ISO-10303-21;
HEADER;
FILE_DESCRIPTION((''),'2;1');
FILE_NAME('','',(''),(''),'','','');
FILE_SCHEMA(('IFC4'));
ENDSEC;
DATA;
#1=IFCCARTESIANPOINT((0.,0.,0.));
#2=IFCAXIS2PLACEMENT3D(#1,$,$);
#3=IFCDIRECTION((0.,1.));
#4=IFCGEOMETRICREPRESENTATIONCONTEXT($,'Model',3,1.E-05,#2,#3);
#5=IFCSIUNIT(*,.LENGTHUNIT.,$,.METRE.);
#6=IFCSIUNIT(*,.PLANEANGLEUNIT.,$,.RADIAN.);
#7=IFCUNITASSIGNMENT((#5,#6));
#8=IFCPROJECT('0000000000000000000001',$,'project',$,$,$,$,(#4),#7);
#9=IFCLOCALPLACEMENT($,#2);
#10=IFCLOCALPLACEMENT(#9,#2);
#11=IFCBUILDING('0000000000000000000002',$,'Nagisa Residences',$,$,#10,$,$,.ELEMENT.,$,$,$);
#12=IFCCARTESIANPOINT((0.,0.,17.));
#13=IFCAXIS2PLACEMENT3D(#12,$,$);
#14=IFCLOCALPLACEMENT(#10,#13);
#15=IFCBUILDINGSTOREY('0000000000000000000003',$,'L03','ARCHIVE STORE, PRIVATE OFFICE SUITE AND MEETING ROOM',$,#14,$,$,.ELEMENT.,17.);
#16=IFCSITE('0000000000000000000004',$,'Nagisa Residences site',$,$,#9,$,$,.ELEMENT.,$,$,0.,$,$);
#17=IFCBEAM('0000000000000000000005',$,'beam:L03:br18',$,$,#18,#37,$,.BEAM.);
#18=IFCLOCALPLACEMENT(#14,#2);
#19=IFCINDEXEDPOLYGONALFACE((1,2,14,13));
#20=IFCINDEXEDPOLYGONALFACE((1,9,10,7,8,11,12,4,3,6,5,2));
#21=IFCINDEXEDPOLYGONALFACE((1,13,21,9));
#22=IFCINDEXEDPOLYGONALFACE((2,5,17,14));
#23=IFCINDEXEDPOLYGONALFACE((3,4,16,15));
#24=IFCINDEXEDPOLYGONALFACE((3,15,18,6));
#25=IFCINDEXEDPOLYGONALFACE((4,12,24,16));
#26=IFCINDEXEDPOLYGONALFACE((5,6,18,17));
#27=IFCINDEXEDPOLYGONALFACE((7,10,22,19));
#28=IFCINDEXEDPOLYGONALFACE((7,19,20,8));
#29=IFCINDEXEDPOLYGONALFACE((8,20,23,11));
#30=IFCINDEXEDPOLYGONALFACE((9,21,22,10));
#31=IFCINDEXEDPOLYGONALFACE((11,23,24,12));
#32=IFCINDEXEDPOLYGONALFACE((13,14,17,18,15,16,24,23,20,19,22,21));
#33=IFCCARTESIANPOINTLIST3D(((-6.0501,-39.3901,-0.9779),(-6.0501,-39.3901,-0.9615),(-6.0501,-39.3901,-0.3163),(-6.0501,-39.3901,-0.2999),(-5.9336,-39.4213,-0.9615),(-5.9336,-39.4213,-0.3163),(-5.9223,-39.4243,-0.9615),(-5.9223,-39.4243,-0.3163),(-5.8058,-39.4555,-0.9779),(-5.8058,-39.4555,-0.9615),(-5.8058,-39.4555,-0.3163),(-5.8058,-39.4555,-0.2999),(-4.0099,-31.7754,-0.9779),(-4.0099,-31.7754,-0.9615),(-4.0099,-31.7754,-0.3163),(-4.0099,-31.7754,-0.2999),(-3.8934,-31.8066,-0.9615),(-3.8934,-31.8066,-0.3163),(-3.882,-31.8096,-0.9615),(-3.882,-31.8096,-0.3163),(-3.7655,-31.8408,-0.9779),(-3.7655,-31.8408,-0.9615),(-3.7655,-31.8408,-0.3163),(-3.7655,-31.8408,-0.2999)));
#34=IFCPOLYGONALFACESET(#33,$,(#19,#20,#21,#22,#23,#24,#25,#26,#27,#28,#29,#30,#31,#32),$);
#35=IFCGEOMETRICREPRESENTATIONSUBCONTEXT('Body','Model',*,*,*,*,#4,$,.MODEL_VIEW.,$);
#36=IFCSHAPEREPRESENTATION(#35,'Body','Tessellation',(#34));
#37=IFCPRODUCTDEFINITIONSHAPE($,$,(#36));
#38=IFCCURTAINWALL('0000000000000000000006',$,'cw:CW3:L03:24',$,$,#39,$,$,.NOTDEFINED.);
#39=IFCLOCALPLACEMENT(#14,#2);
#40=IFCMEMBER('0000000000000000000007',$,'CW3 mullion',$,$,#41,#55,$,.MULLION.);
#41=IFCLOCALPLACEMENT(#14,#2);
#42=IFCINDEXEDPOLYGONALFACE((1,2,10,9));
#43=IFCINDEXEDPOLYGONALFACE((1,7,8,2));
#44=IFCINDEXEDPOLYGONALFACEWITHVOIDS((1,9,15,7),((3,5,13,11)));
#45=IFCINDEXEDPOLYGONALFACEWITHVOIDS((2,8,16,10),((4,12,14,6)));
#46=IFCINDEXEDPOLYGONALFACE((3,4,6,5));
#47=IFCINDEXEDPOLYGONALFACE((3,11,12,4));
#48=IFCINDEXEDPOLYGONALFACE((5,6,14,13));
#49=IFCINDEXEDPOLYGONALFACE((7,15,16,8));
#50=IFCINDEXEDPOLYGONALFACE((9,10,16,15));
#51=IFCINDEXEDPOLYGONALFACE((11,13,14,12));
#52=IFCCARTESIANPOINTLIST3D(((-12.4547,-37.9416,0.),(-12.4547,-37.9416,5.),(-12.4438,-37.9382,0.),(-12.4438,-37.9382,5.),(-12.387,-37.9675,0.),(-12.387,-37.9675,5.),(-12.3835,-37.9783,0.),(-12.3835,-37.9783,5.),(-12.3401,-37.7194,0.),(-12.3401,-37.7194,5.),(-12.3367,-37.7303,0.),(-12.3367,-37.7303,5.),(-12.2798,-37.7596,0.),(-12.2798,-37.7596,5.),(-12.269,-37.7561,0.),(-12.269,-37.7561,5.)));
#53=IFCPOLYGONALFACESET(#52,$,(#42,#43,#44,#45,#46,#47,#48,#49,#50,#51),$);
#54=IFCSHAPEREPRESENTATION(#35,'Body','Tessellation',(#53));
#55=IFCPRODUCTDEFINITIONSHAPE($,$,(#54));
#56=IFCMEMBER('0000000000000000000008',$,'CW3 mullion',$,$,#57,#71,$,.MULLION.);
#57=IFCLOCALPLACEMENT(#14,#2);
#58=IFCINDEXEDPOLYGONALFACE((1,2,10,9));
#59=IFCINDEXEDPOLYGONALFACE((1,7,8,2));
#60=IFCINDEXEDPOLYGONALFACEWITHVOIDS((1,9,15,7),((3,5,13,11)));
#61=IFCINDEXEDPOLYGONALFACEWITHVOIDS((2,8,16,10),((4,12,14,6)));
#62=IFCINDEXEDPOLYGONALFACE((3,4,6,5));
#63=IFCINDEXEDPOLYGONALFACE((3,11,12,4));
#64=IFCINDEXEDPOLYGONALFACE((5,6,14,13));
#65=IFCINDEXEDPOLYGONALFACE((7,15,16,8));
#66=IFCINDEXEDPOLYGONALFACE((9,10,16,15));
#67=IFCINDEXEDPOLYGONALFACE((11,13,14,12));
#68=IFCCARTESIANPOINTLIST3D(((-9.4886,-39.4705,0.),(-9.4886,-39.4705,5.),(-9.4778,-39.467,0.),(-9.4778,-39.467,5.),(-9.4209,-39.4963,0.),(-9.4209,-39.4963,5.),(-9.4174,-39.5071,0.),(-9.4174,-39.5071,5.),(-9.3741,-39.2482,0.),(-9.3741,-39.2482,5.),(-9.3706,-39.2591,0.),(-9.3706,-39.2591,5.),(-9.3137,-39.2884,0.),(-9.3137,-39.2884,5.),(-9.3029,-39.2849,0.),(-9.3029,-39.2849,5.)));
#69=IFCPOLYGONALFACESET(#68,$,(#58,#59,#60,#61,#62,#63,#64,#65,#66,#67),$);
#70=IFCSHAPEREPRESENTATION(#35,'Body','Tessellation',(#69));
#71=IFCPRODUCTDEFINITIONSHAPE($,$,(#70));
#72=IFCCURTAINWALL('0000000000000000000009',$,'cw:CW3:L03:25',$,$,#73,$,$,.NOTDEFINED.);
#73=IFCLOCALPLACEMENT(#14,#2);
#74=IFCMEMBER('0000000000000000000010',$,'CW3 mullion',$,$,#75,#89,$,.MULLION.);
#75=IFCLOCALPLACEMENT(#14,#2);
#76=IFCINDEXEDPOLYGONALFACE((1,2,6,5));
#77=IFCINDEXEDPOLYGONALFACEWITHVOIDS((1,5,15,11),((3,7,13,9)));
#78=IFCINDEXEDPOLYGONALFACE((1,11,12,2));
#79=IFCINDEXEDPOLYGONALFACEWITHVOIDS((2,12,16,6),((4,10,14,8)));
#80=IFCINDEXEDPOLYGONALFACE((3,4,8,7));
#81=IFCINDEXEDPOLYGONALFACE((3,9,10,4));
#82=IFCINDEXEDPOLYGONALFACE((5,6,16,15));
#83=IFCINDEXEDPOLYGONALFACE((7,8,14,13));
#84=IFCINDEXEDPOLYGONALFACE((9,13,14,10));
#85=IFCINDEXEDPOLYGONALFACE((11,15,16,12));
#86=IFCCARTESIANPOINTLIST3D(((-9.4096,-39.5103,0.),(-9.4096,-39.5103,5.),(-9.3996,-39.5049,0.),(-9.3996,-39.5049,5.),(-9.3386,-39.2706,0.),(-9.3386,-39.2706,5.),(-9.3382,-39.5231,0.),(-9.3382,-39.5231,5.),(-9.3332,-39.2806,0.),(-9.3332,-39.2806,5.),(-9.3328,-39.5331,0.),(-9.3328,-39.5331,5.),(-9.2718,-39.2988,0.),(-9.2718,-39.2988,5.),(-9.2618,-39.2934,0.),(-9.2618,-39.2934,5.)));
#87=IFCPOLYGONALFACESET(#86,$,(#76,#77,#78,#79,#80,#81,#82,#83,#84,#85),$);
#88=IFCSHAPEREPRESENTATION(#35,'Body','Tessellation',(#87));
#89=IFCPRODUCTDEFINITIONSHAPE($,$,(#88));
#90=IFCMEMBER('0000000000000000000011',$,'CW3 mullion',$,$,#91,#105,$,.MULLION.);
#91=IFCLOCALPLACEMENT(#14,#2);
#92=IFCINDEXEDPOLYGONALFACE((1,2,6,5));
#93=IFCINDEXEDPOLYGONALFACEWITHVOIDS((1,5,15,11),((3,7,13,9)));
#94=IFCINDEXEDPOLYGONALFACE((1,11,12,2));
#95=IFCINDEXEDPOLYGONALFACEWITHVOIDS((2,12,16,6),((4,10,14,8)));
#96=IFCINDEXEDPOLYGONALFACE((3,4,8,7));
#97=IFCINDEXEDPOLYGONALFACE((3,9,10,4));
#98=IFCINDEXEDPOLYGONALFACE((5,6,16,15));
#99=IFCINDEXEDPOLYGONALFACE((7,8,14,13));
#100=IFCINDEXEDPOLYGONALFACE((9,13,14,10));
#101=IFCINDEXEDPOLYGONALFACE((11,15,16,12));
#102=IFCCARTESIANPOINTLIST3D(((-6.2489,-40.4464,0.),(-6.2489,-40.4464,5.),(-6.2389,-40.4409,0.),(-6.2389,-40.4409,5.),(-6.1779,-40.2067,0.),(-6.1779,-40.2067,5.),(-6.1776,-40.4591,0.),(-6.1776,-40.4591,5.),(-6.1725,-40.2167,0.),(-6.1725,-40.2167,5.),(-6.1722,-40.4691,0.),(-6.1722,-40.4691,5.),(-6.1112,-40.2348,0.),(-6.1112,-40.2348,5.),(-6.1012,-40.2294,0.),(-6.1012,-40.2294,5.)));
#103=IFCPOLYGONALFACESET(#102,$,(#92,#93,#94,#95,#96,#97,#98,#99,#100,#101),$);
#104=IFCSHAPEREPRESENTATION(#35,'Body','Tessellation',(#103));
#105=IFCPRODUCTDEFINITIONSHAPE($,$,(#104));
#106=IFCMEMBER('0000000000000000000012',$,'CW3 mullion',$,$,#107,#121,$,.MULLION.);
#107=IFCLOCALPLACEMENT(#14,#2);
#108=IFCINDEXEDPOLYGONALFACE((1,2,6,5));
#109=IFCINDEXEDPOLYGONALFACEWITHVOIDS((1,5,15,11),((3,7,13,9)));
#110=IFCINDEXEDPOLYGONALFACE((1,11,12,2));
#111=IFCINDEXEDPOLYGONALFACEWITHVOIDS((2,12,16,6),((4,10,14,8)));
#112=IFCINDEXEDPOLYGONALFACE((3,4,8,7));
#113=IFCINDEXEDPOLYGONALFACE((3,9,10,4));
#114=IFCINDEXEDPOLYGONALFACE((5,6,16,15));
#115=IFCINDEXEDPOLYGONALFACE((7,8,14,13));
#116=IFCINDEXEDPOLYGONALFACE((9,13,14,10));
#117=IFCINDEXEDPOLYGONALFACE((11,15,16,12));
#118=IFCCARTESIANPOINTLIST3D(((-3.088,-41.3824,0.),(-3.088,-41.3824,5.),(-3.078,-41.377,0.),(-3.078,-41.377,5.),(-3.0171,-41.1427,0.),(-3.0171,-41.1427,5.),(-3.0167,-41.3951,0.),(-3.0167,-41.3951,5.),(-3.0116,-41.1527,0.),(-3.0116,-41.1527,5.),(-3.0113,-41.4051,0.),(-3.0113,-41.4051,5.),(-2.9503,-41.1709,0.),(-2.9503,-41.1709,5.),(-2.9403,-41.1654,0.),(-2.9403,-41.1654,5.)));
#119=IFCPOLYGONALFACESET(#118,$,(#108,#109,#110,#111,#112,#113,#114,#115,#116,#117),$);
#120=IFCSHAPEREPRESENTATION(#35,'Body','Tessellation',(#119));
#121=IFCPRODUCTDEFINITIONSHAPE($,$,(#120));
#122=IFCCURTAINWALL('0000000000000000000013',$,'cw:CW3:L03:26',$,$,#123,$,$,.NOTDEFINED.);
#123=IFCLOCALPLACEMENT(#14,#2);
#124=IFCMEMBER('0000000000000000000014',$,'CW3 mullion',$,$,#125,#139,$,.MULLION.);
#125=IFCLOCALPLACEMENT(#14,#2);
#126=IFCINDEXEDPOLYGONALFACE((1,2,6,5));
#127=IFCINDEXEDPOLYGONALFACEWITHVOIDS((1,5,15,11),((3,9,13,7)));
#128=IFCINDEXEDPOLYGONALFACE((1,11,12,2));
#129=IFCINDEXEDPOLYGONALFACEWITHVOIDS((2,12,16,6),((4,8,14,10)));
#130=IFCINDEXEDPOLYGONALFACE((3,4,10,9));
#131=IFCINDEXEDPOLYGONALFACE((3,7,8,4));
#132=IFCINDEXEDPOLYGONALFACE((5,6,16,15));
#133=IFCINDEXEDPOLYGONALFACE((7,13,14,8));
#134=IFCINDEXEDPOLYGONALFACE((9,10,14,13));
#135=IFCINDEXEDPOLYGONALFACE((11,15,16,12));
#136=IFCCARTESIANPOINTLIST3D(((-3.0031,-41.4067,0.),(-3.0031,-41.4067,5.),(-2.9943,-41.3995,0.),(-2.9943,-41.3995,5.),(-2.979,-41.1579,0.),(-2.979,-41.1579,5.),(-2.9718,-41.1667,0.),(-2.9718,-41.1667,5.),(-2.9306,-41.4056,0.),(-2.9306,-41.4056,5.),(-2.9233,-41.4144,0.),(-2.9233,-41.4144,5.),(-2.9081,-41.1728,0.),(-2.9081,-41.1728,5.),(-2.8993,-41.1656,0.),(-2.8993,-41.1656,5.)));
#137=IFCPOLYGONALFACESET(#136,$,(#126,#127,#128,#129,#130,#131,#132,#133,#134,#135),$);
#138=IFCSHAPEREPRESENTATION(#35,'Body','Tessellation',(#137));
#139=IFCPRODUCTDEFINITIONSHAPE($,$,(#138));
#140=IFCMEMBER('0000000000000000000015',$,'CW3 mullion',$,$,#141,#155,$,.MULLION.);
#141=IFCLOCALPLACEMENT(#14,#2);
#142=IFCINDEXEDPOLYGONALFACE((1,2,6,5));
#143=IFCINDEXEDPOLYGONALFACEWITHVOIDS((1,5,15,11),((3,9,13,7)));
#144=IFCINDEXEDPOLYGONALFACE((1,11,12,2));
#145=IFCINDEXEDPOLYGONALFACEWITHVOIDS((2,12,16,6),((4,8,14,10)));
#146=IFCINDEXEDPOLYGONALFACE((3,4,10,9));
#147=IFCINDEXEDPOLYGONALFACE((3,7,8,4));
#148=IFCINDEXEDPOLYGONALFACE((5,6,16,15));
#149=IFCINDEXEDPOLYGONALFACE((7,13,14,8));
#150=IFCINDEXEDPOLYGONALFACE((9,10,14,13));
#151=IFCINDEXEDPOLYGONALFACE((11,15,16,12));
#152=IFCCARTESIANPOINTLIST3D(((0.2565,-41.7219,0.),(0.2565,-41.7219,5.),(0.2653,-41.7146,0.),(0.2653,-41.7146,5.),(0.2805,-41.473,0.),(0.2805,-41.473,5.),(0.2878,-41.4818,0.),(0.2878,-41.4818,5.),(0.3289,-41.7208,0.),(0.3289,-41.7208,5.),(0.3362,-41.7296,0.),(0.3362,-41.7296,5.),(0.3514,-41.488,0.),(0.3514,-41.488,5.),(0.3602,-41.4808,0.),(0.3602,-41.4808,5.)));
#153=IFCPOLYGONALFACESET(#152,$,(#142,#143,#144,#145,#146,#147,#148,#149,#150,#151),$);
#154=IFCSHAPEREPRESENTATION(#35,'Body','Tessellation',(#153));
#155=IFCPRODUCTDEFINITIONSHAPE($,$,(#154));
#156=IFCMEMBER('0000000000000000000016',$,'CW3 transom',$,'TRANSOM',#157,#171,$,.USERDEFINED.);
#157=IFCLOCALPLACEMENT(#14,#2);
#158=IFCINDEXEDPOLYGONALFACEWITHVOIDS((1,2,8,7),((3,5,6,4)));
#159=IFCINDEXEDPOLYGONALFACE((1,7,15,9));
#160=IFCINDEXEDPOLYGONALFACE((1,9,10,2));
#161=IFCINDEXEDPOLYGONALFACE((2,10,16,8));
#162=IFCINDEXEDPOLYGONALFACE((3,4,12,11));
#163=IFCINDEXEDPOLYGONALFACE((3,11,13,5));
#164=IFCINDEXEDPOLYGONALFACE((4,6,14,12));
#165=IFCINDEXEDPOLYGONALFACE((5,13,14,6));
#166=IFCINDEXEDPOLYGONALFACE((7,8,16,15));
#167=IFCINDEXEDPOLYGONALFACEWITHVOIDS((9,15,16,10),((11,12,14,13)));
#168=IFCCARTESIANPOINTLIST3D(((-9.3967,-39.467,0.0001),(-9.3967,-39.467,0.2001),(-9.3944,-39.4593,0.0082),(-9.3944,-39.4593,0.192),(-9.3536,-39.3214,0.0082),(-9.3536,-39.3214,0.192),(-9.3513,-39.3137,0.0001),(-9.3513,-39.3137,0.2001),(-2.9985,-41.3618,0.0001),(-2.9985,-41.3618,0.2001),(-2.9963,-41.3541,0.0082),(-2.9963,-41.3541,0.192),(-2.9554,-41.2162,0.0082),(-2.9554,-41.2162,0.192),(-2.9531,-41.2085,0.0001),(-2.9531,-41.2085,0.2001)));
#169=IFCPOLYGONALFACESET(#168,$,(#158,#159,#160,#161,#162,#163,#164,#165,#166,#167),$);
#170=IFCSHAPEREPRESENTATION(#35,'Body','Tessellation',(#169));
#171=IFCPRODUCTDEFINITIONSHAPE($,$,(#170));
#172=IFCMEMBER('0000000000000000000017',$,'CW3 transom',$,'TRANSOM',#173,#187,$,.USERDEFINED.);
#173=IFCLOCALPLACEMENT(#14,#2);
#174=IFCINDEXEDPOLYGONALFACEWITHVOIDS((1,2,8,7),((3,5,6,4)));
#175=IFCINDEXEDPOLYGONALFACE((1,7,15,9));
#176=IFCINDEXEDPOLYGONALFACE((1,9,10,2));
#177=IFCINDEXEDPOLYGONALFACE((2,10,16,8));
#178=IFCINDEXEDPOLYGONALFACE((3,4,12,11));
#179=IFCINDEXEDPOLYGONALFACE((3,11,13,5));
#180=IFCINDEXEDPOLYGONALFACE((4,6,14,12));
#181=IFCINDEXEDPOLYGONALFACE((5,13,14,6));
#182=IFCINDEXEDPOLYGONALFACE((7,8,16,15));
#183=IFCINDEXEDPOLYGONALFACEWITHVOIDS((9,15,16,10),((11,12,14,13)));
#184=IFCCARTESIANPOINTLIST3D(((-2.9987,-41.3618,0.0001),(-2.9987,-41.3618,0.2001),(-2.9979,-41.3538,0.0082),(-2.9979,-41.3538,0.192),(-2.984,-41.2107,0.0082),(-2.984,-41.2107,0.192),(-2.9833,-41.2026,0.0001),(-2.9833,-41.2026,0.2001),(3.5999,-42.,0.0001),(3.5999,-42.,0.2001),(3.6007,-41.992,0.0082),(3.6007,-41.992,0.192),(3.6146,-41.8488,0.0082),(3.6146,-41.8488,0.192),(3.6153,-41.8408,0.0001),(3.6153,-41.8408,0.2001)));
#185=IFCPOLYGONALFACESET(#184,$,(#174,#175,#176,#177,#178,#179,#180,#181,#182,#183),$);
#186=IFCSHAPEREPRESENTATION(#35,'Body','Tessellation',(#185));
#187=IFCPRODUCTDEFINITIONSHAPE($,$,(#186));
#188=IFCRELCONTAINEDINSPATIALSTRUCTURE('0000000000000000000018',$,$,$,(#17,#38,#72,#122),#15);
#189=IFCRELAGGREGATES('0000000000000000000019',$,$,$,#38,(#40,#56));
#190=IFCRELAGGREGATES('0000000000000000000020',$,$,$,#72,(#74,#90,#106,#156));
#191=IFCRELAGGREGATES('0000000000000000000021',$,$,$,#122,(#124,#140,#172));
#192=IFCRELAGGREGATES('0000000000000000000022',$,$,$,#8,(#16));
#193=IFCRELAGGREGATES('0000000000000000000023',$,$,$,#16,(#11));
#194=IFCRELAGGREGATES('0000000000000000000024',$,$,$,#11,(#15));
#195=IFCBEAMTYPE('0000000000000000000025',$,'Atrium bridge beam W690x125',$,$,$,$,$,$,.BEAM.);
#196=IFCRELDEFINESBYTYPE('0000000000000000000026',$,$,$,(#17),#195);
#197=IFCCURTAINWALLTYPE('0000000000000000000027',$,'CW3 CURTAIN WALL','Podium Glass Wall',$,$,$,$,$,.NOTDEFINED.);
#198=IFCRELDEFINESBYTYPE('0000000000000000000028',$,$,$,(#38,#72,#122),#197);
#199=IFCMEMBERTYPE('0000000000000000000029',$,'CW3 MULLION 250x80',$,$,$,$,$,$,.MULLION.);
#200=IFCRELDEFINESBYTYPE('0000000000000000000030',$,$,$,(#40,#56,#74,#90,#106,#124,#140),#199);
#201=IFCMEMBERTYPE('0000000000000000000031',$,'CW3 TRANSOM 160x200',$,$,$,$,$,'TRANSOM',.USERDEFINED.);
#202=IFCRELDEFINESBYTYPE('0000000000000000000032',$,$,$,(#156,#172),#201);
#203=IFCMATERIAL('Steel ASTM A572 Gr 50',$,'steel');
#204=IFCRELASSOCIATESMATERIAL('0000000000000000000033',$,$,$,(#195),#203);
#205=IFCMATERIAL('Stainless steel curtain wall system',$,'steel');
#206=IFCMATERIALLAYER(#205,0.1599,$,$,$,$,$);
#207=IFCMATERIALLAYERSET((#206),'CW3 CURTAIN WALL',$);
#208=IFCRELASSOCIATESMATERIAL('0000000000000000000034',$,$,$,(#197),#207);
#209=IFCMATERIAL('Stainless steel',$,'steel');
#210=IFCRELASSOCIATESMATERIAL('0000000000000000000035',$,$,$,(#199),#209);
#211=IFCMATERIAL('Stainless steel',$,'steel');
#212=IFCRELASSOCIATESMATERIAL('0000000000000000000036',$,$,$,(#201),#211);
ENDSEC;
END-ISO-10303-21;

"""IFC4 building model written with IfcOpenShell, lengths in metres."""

from ifc_helpers import new_model, si_unit, direction, frame, origin, origin_2d, place, context, subcontext, project, spatial, hollow_rectangle, i_section, extrude, material, layer, layer_set, material_profile, profile_set, type_object, element, aggregate, save


model = new_model("IFC4")

# Units and contexts
model_context = context("Model", 3, precision=1e-05, world=origin(), true_north=direction((0.0, 1.0)))
body_context = subcontext(model_context, "Body", "Model", "MODEL_VIEW")
ifc_project = project(units=[si_unit("LENGTHUNIT", "METRE"), si_unit("PLANEANGLEUNIT", "RADIAN")], contexts=[model_context])

# Site, building, storey
site_placement = place(None, origin())
site = spatial("IfcSite", under=ifc_project, at=site_placement, Name="Nagisa Residences site", CompositionType="ELEMENT", RefElevation=0.0)
building_placement = place(site_placement, origin())
building = spatial("IfcBuilding", under=site, at=building_placement, Name="Nagisa Residences", CompositionType="ELEMENT")
storey_placement = place(building_placement, frame((0.0, 0.0, 17.0)))
storey = spatial("IfcBuildingStorey", under=building, at=storey_placement, Name="L03", Description="ARCHIVE STORE, PRIVATE OFFICE SUITE AND MEETING ROOM", CompositionType="ELEMENT", Elevation=17.0)

# Beam
ifc_material_1 = material(Name="Steel ASTM A572 Gr 50", Category="steel")
ifc_material_profile_1 = material_profile(ifc_material_1, i_section(OverallWidth=0.2529, OverallDepth=0.678, WebThickness=0.0117, FlangeThickness=0.0164, at=origin_2d()), Name="W690x125")
ifc_profile_set_1 = profile_set([ifc_material_profile_1], Name="Steel ASTM A572 Gr 50")
beam_type_1 = type_object("IfcBeamType", Name="Atrium bridge beam W690x125", PredefinedType="BEAM", material=ifc_profile_set_1)
beam_1_placement = place(storey_placement, frame((-3.8877, -31.8081, -0.6389), z_axis=(-0.258809, -0.965928, 0.0), x_axis=(0.965928, -0.258809, 0.0)))
element("IfcBeam", 1, at=beam_1_placement, inside=storey, type_object=beam_type_1, Name="beam:L03:br18", PredefinedType="BEAM", context=body_context, shape_type="SweptSolid", body=[
    extrude(i_section(OverallWidth=0.2529, OverallDepth=0.678, WebThickness=0.0117, FlangeThickness=0.0164, at=origin_2d()), origin(), (0.0, 0.0, 1.0), 7.8833),
])

# Curtain walls, members
ifc_material_2 = material(Name="Stainless steel curtain wall system", Category="steel")
ifc_layer_1 = layer(ifc_material_2, 0.1599)
ifc_layer_set_1 = layer_set([ifc_layer_1], Name="CW3 CURTAIN WALL")
curtain_wall_type_1 = type_object("IfcCurtainWallType", Name="CW3 CURTAIN WALL", Description="Podium Glass Wall", PredefinedType="NOTDEFINED", material=ifc_layer_set_1)
curtain_wall_1_placement = place(storey_placement, origin())
curtain_wall_1 = element("IfcCurtainWall", 2, at=curtain_wall_1_placement, inside=storey, type_object=curtain_wall_type_1, Name="cw:CW3:L03:24", PredefinedType="NOTDEFINED")
ifc_material_3 = material(Name="Stainless steel", Category="steel")
ifc_material_profile_2 = material_profile(ifc_material_3, hollow_rectangle(XDim=0.25, YDim=0.0801, WallThickness=0.0081, at=origin_2d()), Name="CW3 MULLION 250x80")
ifc_profile_set_2 = profile_set([ifc_material_profile_2], Name="Stainless steel")
member_type_1 = type_object("IfcMemberType", Name="CW3 MULLION 250x80", PredefinedType="MULLION", material=ifc_profile_set_2)
member_1_placement = place(storey_placement, frame((-12.3618, -37.8489, 0.0), z_axis=(0.0, 0.0, 1.0), x_axis=(0.458126, 0.888887, 0.0)))
member_1 = element("IfcMember", 3, at=member_1_placement, type_object=member_type_1, Name="CW3 mullion", PredefinedType="MULLION", context=body_context, shape_type="SweptSolid", body=[
    extrude(hollow_rectangle(XDim=0.25, YDim=0.0801, WallThickness=0.0081, at=origin_2d()), origin(), (0.0, 0.0, 1.0), 5.0),
])
member_2_placement = place(storey_placement, frame((-9.3958, -39.3777, 0.0), z_axis=(0.0, 0.0, 1.0), x_axis=(0.458126, 0.888887, 0.0)))
member_2 = element("IfcMember", 4, at=member_2_placement, type_object=member_type_1, Name="CW3 mullion", PredefinedType="MULLION", context=body_context, shape_type="SweptSolid", body=[
    extrude(hollow_rectangle(XDim=0.25, YDim=0.0801, WallThickness=0.0081, at=origin_2d()), origin(), (0.0, 0.0, 1.0), 5.0),
])
curtain_wall_2_placement = place(storey_placement, origin())
curtain_wall_2 = element("IfcCurtainWall", 5, at=curtain_wall_2_placement, inside=storey, type_object=curtain_wall_type_1, Name="cw:CW3:L03:25", PredefinedType="NOTDEFINED")
member_3_placement = place(storey_placement, frame((-9.3357, -39.4019, 0.0), z_axis=(0.0, 0.0, 1.0), x_axis=(0.283963, 0.958835, 0.0)))
member_3 = element("IfcMember", 6, at=member_3_placement, type_object=member_type_1, Name="CW3 mullion", PredefinedType="MULLION", context=body_context, shape_type="SweptSolid", body=[
    extrude(hollow_rectangle(XDim=0.25, YDim=0.0801, WallThickness=0.0081, at=origin_2d()), origin(), (0.0, 0.0, 1.0), 5.0),
])
member_4_placement = place(storey_placement, frame((-6.175, -40.3379, 0.0), z_axis=(0.0, 0.0, 1.0), x_axis=(0.283963, 0.958835, 0.0)))
member_4 = element("IfcMember", 7, at=member_4_placement, type_object=member_type_1, Name="CW3 mullion", PredefinedType="MULLION", context=body_context, shape_type="SweptSolid", body=[
    extrude(hollow_rectangle(XDim=0.25, YDim=0.0801, WallThickness=0.0081, at=origin_2d()), origin(), (0.0, 0.0, 1.0), 5.0),
])
member_5_placement = place(storey_placement, frame((-3.0142, -41.2739, 0.0), z_axis=(0.0, 0.0, 1.0), x_axis=(0.283963, 0.958835, 0.0)))
member_5 = element("IfcMember", 8, at=member_5_placement, type_object=member_type_1, Name="CW3 mullion", PredefinedType="MULLION", context=body_context, shape_type="SweptSolid", body=[
    extrude(hollow_rectangle(XDim=0.25, YDim=0.0801, WallThickness=0.0081, at=origin_2d()), origin(), (0.0, 0.0, 1.0), 5.0),
])
curtain_wall_3_placement = place(storey_placement, origin())
curtain_wall_3 = element("IfcCurtainWall", 9, at=curtain_wall_3_placement, inside=storey, type_object=curtain_wall_type_1, Name="cw:CW3:L03:26", PredefinedType="NOTDEFINED")
member_6_placement = place(storey_placement, frame((-2.9512, -41.2861, 0.0), z_axis=(0.0, 0.0, 1.0), x_axis=(0.096249, 0.995357, 0.0)))
member_6 = element("IfcMember", 10, at=member_6_placement, type_object=member_type_1, Name="CW3 mullion", PredefinedType="MULLION", context=body_context, shape_type="SweptSolid", body=[
    extrude(hollow_rectangle(XDim=0.25, YDim=0.0801, WallThickness=0.0081, at=origin_2d()), origin(), (0.0, 0.0, 1.0), 5.0),
])
member_7_placement = place(storey_placement, frame((0.3083, -41.6013, 0.0), z_axis=(0.0, 0.0, 1.0), x_axis=(0.096249, 0.995357, 0.0)))
member_7 = element("IfcMember", 11, at=member_7_placement, type_object=member_type_1, Name="CW3 mullion", PredefinedType="MULLION", context=body_context, shape_type="SweptSolid", body=[
    extrude(hollow_rectangle(XDim=0.25, YDim=0.0801, WallThickness=0.0081, at=origin_2d()), origin(), (0.0, 0.0, 1.0), 5.0),
])

# Members
ifc_material_4 = material(Name="Stainless steel", Category="steel")
ifc_material_profile_3 = material_profile(ifc_material_4, hollow_rectangle(XDim=0.1599, YDim=0.2, WallThickness=0.0081, at=origin_2d()), Name="CW3 TRANSOM 160x200")
ifc_profile_set_3 = profile_set([ifc_material_profile_3], Name="Stainless steel")
member_type_2 = type_object("IfcMemberType", Name="CW3 TRANSOM 160x200", ElementType="TRANSOM", PredefinedType="USERDEFINED", material=ifc_profile_set_3)
member_8_placement = place(storey_placement, frame((-9.374, -39.3904, 0.1001), z_axis=(0.958838, -0.283953, 0.0), x_axis=(0.283953, 0.958838, 0.0)))
member_8 = element("IfcMember", 12, at=member_8_placement, type_object=member_type_2, Name="CW3 transom", ObjectType="TRANSOM", PredefinedType="USERDEFINED", context=body_context, shape_type="SweptSolid", body=[
    extrude(hollow_rectangle(XDim=0.1599, YDim=0.2, WallThickness=0.0081, at=origin_2d()), origin(), (0.0, 0.0, 1.0), 6.6729),
])
member_9_placement = place(storey_placement, frame((-2.991, -41.2822, 0.1001), z_axis=(0.995356, -0.096265, 0.0), x_axis=(0.096265, 0.995356, 0.0)))
member_9 = element("IfcMember", 13, at=member_9_placement, type_object=member_type_2, Name="CW3 transom", ObjectType="TRANSOM", PredefinedType="USERDEFINED", context=body_context, shape_type="SweptSolid", body=[
    extrude(hollow_rectangle(XDim=0.1599, YDim=0.2, WallThickness=0.0081, at=origin_2d()), origin(), (0.0, 0.0, 1.0), 6.6294),
])

aggregate(curtain_wall_1, [member_1, member_2])
aggregate(curtain_wall_2, [member_3, member_4, member_5, member_8])
aggregate(curtain_wall_3, [member_6, member_7, member_9])

save(model, "model.ifc")
